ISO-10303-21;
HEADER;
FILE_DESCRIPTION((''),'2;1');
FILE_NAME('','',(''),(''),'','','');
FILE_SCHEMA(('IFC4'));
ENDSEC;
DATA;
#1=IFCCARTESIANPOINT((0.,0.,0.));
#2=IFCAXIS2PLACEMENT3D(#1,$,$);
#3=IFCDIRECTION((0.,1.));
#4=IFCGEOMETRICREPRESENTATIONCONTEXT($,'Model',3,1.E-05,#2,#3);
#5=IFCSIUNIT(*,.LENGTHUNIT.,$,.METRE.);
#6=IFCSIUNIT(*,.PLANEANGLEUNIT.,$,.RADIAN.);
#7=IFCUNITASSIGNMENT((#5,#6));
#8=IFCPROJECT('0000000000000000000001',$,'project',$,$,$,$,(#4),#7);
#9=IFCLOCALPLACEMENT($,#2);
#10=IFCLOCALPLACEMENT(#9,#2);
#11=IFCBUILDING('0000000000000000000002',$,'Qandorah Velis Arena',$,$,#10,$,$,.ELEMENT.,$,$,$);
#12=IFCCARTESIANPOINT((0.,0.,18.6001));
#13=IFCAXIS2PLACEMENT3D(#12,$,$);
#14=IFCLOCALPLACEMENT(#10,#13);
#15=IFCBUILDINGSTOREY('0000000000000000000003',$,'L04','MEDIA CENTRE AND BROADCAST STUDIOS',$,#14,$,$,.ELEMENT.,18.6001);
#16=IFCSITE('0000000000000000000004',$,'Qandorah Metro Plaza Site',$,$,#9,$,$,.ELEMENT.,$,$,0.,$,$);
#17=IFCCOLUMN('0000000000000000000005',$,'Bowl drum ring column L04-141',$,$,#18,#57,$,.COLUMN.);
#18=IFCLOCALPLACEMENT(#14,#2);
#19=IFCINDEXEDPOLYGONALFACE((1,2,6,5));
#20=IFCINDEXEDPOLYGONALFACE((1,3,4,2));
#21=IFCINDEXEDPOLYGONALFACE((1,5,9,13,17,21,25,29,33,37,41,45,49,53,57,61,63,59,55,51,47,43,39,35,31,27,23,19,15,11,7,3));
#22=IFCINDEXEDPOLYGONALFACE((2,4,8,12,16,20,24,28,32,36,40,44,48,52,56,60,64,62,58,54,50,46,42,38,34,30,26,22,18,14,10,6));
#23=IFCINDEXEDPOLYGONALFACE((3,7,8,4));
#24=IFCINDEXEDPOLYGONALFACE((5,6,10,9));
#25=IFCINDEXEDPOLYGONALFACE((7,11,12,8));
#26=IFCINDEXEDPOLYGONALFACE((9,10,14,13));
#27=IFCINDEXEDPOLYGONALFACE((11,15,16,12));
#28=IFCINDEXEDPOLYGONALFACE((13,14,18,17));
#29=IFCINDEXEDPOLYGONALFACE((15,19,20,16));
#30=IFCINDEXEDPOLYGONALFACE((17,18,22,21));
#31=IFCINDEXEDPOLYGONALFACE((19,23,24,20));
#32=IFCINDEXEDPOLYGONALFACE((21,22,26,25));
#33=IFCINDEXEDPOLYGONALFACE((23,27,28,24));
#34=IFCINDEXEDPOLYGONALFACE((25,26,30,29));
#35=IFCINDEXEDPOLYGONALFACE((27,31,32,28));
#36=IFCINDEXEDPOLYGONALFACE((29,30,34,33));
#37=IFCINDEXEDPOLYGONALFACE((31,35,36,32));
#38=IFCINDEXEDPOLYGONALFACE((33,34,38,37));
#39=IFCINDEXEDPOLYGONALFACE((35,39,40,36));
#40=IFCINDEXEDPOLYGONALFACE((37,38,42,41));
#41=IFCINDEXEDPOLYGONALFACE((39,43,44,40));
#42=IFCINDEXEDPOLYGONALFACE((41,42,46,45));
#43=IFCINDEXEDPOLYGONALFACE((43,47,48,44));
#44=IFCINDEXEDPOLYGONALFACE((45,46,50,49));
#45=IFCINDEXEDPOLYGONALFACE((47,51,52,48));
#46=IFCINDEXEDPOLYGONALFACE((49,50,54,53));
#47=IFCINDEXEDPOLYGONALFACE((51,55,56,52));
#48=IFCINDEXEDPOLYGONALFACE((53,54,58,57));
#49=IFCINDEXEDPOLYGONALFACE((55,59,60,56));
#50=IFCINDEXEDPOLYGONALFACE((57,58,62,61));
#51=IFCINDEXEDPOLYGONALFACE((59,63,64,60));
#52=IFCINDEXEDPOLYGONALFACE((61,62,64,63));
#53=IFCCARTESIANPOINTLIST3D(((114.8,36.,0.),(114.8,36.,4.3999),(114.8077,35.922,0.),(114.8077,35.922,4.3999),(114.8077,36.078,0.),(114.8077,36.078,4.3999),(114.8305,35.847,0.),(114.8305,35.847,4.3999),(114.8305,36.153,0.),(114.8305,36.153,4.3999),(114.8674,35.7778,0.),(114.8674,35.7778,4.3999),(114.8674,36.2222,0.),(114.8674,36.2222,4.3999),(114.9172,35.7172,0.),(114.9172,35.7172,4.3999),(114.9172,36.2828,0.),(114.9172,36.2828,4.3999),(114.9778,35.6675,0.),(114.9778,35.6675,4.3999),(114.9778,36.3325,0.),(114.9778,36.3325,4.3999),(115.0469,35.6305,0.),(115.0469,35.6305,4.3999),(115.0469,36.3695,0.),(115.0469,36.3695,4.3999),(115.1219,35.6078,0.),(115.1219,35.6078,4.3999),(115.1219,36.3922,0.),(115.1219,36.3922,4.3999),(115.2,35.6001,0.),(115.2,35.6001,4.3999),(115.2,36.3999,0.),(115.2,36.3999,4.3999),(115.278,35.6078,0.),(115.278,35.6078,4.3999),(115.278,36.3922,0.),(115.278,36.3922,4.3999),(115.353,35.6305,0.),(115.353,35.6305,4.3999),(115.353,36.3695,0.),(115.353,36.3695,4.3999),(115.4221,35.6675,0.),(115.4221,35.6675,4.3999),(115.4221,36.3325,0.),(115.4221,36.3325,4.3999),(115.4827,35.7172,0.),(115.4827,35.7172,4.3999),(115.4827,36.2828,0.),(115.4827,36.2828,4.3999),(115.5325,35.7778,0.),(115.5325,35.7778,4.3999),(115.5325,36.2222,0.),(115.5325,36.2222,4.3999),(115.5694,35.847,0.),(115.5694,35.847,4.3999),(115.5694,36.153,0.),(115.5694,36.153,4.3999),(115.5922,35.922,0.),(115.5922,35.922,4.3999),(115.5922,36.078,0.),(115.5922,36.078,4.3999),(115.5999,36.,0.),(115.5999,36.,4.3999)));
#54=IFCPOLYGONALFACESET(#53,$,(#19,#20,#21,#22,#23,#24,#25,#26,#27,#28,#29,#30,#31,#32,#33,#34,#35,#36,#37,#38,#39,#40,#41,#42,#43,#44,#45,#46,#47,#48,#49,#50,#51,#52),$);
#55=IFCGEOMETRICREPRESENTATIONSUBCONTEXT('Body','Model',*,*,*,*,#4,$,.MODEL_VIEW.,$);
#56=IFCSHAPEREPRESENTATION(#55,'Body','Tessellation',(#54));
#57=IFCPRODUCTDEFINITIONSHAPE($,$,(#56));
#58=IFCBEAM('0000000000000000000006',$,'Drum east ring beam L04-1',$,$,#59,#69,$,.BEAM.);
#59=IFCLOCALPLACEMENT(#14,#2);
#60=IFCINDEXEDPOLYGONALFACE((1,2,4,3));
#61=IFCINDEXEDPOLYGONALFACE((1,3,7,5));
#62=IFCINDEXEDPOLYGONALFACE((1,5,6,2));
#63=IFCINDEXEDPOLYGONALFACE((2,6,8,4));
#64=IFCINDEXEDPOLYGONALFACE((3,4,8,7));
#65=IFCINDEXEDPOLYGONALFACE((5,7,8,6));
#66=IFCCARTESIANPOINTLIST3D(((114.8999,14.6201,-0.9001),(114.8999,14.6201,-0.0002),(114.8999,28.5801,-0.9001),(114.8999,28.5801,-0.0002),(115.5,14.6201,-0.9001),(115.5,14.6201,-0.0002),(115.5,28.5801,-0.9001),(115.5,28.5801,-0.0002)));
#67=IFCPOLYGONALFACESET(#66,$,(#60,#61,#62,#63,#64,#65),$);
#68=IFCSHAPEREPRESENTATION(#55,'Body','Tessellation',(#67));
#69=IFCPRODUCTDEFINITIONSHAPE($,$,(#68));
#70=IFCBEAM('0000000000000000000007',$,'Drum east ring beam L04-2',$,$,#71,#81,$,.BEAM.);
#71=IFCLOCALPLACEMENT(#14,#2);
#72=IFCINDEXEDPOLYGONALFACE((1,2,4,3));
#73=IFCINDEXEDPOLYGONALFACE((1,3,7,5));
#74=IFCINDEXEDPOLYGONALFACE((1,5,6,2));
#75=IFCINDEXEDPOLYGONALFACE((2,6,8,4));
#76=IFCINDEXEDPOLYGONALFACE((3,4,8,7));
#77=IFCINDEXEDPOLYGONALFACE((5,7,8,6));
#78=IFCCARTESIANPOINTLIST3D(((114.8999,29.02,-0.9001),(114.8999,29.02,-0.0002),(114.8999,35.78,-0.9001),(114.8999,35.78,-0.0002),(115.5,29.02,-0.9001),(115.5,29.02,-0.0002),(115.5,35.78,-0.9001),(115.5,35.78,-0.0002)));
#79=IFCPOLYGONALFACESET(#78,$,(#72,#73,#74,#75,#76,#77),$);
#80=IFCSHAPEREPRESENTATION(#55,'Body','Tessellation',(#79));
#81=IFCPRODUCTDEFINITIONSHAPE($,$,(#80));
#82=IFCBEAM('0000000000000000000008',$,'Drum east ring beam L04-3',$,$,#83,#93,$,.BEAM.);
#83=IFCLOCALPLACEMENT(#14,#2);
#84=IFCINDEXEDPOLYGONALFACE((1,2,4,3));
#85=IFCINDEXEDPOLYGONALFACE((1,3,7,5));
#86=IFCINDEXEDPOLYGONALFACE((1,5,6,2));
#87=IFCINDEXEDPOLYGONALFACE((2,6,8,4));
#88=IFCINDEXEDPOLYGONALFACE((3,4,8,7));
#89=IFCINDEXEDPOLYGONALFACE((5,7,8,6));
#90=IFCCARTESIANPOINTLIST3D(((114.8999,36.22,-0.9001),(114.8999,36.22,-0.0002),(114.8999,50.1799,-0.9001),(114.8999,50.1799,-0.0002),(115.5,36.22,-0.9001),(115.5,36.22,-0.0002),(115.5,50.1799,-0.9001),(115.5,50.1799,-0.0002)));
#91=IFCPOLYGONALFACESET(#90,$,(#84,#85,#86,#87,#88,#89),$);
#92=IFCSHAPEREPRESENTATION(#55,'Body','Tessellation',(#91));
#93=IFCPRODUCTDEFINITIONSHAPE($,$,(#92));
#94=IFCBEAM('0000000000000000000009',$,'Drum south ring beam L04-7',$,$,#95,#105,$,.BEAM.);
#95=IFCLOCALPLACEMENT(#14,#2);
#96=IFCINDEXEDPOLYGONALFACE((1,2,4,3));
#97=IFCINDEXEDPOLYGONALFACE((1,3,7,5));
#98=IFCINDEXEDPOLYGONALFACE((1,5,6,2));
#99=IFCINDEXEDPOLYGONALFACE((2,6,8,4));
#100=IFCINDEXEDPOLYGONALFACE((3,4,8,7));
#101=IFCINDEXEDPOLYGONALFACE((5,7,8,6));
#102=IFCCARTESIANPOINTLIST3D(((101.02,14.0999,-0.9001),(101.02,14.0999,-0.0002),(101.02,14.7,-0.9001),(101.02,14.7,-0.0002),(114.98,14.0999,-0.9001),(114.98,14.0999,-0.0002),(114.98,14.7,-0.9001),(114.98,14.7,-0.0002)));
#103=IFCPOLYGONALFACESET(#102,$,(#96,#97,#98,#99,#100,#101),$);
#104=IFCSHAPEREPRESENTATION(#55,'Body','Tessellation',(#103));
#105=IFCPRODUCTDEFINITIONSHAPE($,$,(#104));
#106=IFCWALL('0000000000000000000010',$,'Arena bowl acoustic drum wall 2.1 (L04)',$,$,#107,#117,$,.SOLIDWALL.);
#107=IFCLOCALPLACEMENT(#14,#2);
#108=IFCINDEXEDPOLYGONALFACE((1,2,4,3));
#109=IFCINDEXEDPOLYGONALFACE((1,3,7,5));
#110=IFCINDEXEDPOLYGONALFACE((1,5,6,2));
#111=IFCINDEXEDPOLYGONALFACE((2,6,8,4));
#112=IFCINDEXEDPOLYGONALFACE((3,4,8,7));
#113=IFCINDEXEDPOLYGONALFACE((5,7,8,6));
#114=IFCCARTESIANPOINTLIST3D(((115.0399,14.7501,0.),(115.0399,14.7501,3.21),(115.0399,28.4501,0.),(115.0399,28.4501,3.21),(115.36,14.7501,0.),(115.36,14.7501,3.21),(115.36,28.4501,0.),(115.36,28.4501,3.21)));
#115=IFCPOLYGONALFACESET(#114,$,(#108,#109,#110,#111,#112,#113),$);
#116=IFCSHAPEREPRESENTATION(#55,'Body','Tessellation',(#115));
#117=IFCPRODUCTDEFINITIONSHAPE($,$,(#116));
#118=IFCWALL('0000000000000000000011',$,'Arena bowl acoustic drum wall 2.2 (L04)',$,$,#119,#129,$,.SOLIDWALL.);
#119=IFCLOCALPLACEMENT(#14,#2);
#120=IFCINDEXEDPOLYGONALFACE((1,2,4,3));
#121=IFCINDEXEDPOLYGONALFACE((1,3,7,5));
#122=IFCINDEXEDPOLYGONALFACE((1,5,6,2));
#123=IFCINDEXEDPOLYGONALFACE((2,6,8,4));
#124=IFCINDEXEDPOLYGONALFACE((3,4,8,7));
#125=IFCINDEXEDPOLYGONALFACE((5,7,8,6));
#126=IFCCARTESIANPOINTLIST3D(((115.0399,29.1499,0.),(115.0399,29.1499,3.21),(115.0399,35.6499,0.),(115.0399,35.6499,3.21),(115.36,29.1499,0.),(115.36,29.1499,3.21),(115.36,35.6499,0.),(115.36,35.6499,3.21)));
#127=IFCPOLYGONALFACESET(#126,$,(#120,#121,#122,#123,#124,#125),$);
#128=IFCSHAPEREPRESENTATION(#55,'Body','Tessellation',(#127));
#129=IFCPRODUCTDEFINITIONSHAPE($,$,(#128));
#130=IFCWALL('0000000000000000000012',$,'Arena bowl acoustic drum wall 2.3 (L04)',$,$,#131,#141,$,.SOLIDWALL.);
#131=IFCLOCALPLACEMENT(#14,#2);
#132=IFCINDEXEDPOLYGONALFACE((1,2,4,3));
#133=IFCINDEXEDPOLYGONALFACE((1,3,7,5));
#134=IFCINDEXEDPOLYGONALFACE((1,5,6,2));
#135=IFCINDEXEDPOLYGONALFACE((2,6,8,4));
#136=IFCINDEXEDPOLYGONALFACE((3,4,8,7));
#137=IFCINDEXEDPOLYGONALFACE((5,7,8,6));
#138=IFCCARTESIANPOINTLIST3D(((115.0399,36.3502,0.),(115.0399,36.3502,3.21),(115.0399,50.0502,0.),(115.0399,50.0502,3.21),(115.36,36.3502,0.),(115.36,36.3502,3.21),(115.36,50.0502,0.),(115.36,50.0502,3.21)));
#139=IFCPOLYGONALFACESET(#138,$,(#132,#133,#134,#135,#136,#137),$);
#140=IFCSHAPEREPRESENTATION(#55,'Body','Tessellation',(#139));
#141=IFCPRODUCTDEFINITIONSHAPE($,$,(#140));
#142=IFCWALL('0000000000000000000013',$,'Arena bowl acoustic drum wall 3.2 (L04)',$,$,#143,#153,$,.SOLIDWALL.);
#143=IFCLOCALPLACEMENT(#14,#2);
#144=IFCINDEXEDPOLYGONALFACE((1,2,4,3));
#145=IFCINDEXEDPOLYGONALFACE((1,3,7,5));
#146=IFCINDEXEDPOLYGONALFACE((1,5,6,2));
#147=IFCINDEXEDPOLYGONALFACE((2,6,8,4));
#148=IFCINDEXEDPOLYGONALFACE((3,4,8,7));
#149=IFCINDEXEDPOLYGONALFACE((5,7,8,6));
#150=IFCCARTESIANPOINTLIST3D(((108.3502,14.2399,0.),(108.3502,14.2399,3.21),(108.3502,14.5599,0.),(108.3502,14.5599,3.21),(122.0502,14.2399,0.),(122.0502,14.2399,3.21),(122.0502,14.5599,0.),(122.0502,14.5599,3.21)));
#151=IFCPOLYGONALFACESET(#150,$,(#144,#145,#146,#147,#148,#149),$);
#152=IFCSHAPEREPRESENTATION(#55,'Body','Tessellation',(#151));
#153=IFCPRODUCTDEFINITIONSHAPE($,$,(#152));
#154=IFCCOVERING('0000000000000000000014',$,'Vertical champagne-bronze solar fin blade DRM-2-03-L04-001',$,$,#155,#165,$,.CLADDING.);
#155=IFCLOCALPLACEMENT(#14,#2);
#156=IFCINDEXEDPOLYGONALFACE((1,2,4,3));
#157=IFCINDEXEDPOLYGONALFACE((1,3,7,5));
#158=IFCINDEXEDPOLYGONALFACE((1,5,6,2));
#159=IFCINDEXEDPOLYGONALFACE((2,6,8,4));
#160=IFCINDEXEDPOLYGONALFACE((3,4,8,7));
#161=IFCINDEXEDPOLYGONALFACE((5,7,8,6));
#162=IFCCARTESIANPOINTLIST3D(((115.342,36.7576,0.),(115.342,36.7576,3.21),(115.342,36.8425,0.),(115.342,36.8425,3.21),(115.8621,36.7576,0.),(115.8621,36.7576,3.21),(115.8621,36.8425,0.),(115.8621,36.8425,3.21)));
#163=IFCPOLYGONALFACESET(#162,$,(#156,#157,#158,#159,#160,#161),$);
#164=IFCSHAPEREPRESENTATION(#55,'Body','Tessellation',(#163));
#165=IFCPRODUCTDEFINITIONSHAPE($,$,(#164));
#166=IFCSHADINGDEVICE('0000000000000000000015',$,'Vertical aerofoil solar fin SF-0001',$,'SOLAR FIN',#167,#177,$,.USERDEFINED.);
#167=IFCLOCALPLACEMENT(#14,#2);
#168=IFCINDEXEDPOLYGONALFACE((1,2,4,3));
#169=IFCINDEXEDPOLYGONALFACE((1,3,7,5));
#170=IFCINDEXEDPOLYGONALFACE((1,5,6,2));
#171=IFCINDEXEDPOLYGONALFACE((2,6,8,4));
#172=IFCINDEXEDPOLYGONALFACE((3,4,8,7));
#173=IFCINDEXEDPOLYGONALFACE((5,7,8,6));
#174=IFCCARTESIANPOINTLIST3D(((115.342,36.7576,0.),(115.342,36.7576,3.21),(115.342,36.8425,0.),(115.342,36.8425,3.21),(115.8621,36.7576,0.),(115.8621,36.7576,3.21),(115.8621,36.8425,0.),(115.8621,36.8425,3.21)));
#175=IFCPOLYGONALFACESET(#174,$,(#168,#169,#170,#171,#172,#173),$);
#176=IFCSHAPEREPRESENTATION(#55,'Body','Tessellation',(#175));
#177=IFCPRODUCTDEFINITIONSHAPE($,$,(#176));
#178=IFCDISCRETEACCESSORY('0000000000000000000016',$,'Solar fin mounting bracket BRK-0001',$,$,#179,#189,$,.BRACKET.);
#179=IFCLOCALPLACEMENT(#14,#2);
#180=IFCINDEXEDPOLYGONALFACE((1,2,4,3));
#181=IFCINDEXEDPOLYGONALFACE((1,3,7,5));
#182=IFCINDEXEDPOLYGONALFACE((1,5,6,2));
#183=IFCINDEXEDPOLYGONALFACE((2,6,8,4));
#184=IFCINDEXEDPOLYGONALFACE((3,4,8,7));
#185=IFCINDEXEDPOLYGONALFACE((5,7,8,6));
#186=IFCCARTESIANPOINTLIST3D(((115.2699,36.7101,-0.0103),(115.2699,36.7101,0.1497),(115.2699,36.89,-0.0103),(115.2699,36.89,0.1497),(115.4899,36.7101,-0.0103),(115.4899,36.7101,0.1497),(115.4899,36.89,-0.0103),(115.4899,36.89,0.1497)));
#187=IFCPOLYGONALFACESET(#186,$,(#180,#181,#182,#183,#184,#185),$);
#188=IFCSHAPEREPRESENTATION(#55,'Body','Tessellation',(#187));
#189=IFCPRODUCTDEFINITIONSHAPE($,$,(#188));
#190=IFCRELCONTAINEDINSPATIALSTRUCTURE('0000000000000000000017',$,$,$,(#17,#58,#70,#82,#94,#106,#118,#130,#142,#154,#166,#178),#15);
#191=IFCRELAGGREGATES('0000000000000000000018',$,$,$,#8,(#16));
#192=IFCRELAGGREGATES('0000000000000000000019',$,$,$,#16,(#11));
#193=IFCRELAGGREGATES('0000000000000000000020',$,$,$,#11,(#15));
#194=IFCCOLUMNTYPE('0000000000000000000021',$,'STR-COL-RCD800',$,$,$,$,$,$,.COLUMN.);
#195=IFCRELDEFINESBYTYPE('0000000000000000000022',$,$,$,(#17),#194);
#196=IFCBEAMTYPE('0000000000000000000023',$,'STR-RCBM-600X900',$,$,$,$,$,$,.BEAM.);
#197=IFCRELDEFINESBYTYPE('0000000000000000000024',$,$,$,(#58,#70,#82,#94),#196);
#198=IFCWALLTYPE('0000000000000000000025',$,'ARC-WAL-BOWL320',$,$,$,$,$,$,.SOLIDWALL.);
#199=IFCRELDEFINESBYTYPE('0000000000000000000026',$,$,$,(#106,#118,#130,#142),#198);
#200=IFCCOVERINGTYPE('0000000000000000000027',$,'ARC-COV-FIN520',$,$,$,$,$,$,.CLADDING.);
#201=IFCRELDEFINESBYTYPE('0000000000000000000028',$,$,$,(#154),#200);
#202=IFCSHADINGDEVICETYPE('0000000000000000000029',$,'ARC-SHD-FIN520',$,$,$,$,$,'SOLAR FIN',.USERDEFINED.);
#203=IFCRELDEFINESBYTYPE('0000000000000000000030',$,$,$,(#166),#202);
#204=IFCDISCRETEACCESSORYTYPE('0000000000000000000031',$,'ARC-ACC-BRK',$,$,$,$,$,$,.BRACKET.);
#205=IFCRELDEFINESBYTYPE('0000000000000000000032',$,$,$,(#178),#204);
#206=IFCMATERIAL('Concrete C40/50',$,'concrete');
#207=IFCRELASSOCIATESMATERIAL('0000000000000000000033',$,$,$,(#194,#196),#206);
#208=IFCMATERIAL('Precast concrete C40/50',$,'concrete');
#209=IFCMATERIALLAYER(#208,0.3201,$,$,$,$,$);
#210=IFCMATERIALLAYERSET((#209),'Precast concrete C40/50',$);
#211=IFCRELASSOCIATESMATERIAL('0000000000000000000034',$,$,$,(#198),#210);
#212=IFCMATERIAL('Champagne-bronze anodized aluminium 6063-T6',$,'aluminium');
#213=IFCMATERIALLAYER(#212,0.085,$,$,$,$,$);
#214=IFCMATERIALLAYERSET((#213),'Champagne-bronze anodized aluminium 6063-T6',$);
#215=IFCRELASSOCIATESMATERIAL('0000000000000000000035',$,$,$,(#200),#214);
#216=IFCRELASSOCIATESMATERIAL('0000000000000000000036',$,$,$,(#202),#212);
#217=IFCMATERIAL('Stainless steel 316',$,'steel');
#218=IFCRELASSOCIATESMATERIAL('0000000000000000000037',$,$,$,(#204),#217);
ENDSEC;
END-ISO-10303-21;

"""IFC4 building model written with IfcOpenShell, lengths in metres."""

from ifc_helpers import new_model, si_unit, direction, frame, frame_2d, origin, origin_2d, place, context, subcontext, project, spatial, rectangle, circle, extrude, material, layer, layer_set, material_profile, profile_set, type_object, element, save


model = new_model("IFC4")

# Units and contexts
model_context = context("Model", 3, precision=1e-05, world=origin(), true_north=direction((0.0, 1.0)))
body_context = subcontext(model_context, "Body", "Model", "MODEL_VIEW")
ifc_project = project(units=[si_unit("LENGTHUNIT", "METRE"), si_unit("PLANEANGLEUNIT", "RADIAN")], contexts=[model_context])

# Site, building, storey
site_placement = place(None, origin())
site = spatial("IfcSite", under=ifc_project, at=site_placement, Name="Qandorah Metro Plaza Site", CompositionType="ELEMENT", RefElevation=0.0)
building_placement = place(site_placement, origin())
building = spatial("IfcBuilding", under=site, at=building_placement, Name="Qandorah Velis Arena", CompositionType="ELEMENT")
storey_placement = place(building_placement, frame((0.0, 0.0, 18.6001)))
storey = spatial("IfcBuildingStorey", under=building, at=storey_placement, Name="L04", Description="MEDIA CENTRE AND BROADCAST STUDIOS", CompositionType="ELEMENT", Elevation=18.6001)

# Column
ifc_material_1 = material(Name="Concrete C40/50", Category="concrete")
ifc_material_profile_1 = material_profile(ifc_material_1, circle(Radius=0.3999, at=origin_2d()), Name="RC D800")
ifc_profile_set_1 = profile_set([ifc_material_profile_1], Name="Concrete C40/50")
column_type_1 = type_object("IfcColumnType", Name="STR-COL-RCD800", PredefinedType="COLUMN", material=ifc_profile_set_1)
for number, where, z_axis, x_axis, name in (
    (1, (115.2, 36.0, 0.0), (0.0, 0.0, 1.0), (1.0, 0.0, 0.0), "Bowl drum ring column L04-141"),
):
    element("IfcColumn", number, at=place(storey_placement, frame(where, z_axis=z_axis, x_axis=x_axis)), inside=storey, type_object=column_type_1, Name=name, PredefinedType="COLUMN", context=body_context, shape_type="SweptSolid", body=[
        extrude(circle(Radius=0.3999, at=origin_2d()), origin(), (0.0, 0.0, 1.0), 4.3999),
    ])

# Beams
ifc_material_profile_2 = material_profile(ifc_material_1, rectangle(XDim=0.6001, YDim=0.8999, at=origin_2d()), Name="RC BM 600x900")
ifc_profile_set_2 = profile_set([ifc_material_profile_2], Name="Concrete C40/50")
beam_type = type_object("IfcBeamType", Name="STR-RCBM-600X900", PredefinedType="BEAM", material=ifc_profile_set_2)
beam_1_placement = place(storey_placement, frame((115.2, 14.6201, -0.4502), z_axis=(0.0, 1.0, 0.0), x_axis=(-1.0, 0.0, 0.0)))
element("IfcBeam", 2, at=beam_1_placement, inside=storey, type_object=beam_type, Name="Drum east ring beam L04-1", PredefinedType="BEAM", context=body_context, shape_type="SweptSolid", body=[
    extrude(rectangle(XDim=0.6001, YDim=0.8999, at=origin_2d()), origin(), (0.0, 0.0, 1.0), 13.96),
])
beam_2_placement = place(storey_placement, frame((115.2, 29.02, -0.4502), z_axis=(0.0, 1.0, 0.0), x_axis=(-1.0, 0.0, 0.0)))
element("IfcBeam", 3, at=beam_2_placement, inside=storey, type_object=beam_type, Name="Drum east ring beam L04-2", PredefinedType="BEAM", context=body_context, shape_type="SweptSolid", body=[
    extrude(rectangle(XDim=0.6001, YDim=0.8999, at=origin_2d()), origin(), (0.0, 0.0, 1.0), 6.76),
])
for number, where, z_axis, x_axis, name in (
    (4, (115.2, 36.22, -0.4502), (0.0, 1.0, 0.0), (-1.0, 0.0, 0.0), "Drum east ring beam L04-3"),
    (5, (101.02, 14.3999, -0.4502), (1.0, 0.0, 0.0), (0.0, 1.0, 0.0), "Drum south ring beam L04-7"),
):
    element("IfcBeam", number, at=place(storey_placement, frame(where, z_axis=z_axis, x_axis=x_axis)), inside=storey, type_object=beam_type, Name=name, PredefinedType="BEAM", context=body_context, shape_type="SweptSolid", body=[
        extrude(rectangle(XDim=0.6001, YDim=0.8999, at=origin_2d()), origin(), (0.0, 0.0, 1.0), 13.96),
    ])

# Walls
ifc_material_2 = material(Name="Precast concrete C40/50", Category="concrete")
ifc_layer_1 = layer(ifc_material_2, 0.3201)
ifc_layer_set_1 = layer_set([ifc_layer_1], Name="Precast concrete C40/50")
wall_type = type_object("IfcWallType", Name="ARC-WAL-BOWL320", PredefinedType="SOLIDWALL", material=ifc_layer_set_1)
wall_1_placement = place(storey_placement, frame((115.2, 14.75, 0.0), z_axis=(0.0, 0.0, 1.0), x_axis=(0.0, 1.0, 0.0)))
element("IfcWall", 6, at=wall_1_placement, inside=storey, type_object=wall_type, Name="Arena bowl acoustic drum wall 2.1 (L04)", PredefinedType="SOLIDWALL", context=body_context, shape_type="SweptSolid", body=[
    extrude(rectangle(XDim=13.7, YDim=0.3201, at=frame_2d((6.8501, 0.0))), origin(), (0.0, 0.0, 1.0), 3.21),
])
wall_2_placement = place(storey_placement, frame((115.2, 29.1499, 0.0), z_axis=(0.0, 0.0, 1.0), x_axis=(0.0, 1.0, 0.0)))
element("IfcWall", 7, at=wall_2_placement, inside=storey, type_object=wall_type, Name="Arena bowl acoustic drum wall 2.2 (L04)", PredefinedType="SOLIDWALL", context=body_context, shape_type="SweptSolid", body=[
    extrude(rectangle(XDim=6.5, YDim=0.3201, at=frame_2d((3.25, 0.0))), origin(), (0.0, 0.0, 1.0), 3.21),
])
for number, where, z_axis, x_axis, name in (
    (8, (115.2, 36.3501, 0.0), (0.0, 0.0, 1.0), (0.0, 1.0, 0.0), "Arena bowl acoustic drum wall 2.3 (L04)"),
    (9, (108.3501, 14.3999, 0.0), (0.0, 0.0, 1.0), (1.0, 0.0, 0.0), "Arena bowl acoustic drum wall 3.2 (L04)"),
):
    element("IfcWall", number, at=place(storey_placement, frame(where, z_axis=z_axis, x_axis=x_axis)), inside=storey, type_object=wall_type, Name=name, PredefinedType="SOLIDWALL", context=body_context, shape_type="SweptSolid", body=[
        extrude(rectangle(XDim=13.7, YDim=0.3201, at=frame_2d((6.8501, 0.0))), origin(), (0.0, 0.0, 1.0), 3.21),
    ])

# Covering
ifc_material_3 = material(Name="Champagne-bronze anodized aluminium 6063-T6", Category="aluminium")
ifc_layer_2 = layer(ifc_material_3, 0.085)
ifc_layer_set_2 = layer_set([ifc_layer_2], Name="Champagne-bronze anodized aluminium 6063-T6")
covering_type = type_object("IfcCoveringType", Name="ARC-COV-FIN520", PredefinedType="CLADDING", material=ifc_layer_set_2)
covering_placement = place(storey_placement, frame((115.6021, 36.8, 0.0), z_axis=(0.0, 0.0, 1.0), x_axis=(1.0, 0.0, 0.0)))
element("IfcCovering", 10, at=covering_placement, inside=storey, type_object=covering_type, Name="Vertical champagne-bronze solar fin blade DRM-2-03-L04-001", PredefinedType="CLADDING", context=body_context, shape_type="SweptSolid", body=[
    extrude(rectangle(XDim=0.52, YDim=0.085, at=origin_2d()), origin(), (0.0, 0.0, 1.0), 3.21),
])

# Shading device
shading_device_type = type_object("IfcShadingDeviceType", Name="ARC-SHD-FIN520", ElementType="SOLAR FIN", PredefinedType="USERDEFINED", material=ifc_material_3)
shading_device_placement = place(storey_placement, frame((115.6021, 36.8, 0.0), z_axis=(0.0, 0.0, 1.0), x_axis=(1.0, 0.0, 0.0)))
element("IfcShadingDevice", 11, at=shading_device_placement, inside=storey, type_object=shading_device_type, Name="Vertical aerofoil solar fin SF-0001", ObjectType="SOLAR FIN", PredefinedType="USERDEFINED", context=body_context, shape_type="SweptSolid", body=[
    extrude(rectangle(XDim=0.52, YDim=0.085, at=origin_2d()), origin(), (0.0, 0.0, 1.0), 3.21),
])

# Discrete accessory
ifc_material_4 = material(Name="Stainless steel 316", Category="steel")
discrete_accessory_type = type_object("IfcDiscreteAccessoryType", Name="ARC-ACC-BRK", PredefinedType="BRACKET", material=ifc_material_4)
for number, where, z_axis, x_axis, name in (
    (12, (115.3799, 36.8, -0.0103), (0.0, 0.0, 1.0), (1.0, 0.0, 0.0), "Solar fin mounting bracket BRK-0001"),
):
    element("IfcDiscreteAccessory", number, at=place(storey_placement, frame(where, z_axis=z_axis, x_axis=x_axis)), inside=storey, type_object=discrete_accessory_type, Name=name, PredefinedType="BRACKET", context=body_context, shape_type="SweptSolid", body=[
        extrude(rectangle(XDim=0.22, YDim=0.1799, at=origin_2d()), origin(), (0.0, 0.0, 1.0), 0.1599),
    ])

save(model, "model.ifc")
